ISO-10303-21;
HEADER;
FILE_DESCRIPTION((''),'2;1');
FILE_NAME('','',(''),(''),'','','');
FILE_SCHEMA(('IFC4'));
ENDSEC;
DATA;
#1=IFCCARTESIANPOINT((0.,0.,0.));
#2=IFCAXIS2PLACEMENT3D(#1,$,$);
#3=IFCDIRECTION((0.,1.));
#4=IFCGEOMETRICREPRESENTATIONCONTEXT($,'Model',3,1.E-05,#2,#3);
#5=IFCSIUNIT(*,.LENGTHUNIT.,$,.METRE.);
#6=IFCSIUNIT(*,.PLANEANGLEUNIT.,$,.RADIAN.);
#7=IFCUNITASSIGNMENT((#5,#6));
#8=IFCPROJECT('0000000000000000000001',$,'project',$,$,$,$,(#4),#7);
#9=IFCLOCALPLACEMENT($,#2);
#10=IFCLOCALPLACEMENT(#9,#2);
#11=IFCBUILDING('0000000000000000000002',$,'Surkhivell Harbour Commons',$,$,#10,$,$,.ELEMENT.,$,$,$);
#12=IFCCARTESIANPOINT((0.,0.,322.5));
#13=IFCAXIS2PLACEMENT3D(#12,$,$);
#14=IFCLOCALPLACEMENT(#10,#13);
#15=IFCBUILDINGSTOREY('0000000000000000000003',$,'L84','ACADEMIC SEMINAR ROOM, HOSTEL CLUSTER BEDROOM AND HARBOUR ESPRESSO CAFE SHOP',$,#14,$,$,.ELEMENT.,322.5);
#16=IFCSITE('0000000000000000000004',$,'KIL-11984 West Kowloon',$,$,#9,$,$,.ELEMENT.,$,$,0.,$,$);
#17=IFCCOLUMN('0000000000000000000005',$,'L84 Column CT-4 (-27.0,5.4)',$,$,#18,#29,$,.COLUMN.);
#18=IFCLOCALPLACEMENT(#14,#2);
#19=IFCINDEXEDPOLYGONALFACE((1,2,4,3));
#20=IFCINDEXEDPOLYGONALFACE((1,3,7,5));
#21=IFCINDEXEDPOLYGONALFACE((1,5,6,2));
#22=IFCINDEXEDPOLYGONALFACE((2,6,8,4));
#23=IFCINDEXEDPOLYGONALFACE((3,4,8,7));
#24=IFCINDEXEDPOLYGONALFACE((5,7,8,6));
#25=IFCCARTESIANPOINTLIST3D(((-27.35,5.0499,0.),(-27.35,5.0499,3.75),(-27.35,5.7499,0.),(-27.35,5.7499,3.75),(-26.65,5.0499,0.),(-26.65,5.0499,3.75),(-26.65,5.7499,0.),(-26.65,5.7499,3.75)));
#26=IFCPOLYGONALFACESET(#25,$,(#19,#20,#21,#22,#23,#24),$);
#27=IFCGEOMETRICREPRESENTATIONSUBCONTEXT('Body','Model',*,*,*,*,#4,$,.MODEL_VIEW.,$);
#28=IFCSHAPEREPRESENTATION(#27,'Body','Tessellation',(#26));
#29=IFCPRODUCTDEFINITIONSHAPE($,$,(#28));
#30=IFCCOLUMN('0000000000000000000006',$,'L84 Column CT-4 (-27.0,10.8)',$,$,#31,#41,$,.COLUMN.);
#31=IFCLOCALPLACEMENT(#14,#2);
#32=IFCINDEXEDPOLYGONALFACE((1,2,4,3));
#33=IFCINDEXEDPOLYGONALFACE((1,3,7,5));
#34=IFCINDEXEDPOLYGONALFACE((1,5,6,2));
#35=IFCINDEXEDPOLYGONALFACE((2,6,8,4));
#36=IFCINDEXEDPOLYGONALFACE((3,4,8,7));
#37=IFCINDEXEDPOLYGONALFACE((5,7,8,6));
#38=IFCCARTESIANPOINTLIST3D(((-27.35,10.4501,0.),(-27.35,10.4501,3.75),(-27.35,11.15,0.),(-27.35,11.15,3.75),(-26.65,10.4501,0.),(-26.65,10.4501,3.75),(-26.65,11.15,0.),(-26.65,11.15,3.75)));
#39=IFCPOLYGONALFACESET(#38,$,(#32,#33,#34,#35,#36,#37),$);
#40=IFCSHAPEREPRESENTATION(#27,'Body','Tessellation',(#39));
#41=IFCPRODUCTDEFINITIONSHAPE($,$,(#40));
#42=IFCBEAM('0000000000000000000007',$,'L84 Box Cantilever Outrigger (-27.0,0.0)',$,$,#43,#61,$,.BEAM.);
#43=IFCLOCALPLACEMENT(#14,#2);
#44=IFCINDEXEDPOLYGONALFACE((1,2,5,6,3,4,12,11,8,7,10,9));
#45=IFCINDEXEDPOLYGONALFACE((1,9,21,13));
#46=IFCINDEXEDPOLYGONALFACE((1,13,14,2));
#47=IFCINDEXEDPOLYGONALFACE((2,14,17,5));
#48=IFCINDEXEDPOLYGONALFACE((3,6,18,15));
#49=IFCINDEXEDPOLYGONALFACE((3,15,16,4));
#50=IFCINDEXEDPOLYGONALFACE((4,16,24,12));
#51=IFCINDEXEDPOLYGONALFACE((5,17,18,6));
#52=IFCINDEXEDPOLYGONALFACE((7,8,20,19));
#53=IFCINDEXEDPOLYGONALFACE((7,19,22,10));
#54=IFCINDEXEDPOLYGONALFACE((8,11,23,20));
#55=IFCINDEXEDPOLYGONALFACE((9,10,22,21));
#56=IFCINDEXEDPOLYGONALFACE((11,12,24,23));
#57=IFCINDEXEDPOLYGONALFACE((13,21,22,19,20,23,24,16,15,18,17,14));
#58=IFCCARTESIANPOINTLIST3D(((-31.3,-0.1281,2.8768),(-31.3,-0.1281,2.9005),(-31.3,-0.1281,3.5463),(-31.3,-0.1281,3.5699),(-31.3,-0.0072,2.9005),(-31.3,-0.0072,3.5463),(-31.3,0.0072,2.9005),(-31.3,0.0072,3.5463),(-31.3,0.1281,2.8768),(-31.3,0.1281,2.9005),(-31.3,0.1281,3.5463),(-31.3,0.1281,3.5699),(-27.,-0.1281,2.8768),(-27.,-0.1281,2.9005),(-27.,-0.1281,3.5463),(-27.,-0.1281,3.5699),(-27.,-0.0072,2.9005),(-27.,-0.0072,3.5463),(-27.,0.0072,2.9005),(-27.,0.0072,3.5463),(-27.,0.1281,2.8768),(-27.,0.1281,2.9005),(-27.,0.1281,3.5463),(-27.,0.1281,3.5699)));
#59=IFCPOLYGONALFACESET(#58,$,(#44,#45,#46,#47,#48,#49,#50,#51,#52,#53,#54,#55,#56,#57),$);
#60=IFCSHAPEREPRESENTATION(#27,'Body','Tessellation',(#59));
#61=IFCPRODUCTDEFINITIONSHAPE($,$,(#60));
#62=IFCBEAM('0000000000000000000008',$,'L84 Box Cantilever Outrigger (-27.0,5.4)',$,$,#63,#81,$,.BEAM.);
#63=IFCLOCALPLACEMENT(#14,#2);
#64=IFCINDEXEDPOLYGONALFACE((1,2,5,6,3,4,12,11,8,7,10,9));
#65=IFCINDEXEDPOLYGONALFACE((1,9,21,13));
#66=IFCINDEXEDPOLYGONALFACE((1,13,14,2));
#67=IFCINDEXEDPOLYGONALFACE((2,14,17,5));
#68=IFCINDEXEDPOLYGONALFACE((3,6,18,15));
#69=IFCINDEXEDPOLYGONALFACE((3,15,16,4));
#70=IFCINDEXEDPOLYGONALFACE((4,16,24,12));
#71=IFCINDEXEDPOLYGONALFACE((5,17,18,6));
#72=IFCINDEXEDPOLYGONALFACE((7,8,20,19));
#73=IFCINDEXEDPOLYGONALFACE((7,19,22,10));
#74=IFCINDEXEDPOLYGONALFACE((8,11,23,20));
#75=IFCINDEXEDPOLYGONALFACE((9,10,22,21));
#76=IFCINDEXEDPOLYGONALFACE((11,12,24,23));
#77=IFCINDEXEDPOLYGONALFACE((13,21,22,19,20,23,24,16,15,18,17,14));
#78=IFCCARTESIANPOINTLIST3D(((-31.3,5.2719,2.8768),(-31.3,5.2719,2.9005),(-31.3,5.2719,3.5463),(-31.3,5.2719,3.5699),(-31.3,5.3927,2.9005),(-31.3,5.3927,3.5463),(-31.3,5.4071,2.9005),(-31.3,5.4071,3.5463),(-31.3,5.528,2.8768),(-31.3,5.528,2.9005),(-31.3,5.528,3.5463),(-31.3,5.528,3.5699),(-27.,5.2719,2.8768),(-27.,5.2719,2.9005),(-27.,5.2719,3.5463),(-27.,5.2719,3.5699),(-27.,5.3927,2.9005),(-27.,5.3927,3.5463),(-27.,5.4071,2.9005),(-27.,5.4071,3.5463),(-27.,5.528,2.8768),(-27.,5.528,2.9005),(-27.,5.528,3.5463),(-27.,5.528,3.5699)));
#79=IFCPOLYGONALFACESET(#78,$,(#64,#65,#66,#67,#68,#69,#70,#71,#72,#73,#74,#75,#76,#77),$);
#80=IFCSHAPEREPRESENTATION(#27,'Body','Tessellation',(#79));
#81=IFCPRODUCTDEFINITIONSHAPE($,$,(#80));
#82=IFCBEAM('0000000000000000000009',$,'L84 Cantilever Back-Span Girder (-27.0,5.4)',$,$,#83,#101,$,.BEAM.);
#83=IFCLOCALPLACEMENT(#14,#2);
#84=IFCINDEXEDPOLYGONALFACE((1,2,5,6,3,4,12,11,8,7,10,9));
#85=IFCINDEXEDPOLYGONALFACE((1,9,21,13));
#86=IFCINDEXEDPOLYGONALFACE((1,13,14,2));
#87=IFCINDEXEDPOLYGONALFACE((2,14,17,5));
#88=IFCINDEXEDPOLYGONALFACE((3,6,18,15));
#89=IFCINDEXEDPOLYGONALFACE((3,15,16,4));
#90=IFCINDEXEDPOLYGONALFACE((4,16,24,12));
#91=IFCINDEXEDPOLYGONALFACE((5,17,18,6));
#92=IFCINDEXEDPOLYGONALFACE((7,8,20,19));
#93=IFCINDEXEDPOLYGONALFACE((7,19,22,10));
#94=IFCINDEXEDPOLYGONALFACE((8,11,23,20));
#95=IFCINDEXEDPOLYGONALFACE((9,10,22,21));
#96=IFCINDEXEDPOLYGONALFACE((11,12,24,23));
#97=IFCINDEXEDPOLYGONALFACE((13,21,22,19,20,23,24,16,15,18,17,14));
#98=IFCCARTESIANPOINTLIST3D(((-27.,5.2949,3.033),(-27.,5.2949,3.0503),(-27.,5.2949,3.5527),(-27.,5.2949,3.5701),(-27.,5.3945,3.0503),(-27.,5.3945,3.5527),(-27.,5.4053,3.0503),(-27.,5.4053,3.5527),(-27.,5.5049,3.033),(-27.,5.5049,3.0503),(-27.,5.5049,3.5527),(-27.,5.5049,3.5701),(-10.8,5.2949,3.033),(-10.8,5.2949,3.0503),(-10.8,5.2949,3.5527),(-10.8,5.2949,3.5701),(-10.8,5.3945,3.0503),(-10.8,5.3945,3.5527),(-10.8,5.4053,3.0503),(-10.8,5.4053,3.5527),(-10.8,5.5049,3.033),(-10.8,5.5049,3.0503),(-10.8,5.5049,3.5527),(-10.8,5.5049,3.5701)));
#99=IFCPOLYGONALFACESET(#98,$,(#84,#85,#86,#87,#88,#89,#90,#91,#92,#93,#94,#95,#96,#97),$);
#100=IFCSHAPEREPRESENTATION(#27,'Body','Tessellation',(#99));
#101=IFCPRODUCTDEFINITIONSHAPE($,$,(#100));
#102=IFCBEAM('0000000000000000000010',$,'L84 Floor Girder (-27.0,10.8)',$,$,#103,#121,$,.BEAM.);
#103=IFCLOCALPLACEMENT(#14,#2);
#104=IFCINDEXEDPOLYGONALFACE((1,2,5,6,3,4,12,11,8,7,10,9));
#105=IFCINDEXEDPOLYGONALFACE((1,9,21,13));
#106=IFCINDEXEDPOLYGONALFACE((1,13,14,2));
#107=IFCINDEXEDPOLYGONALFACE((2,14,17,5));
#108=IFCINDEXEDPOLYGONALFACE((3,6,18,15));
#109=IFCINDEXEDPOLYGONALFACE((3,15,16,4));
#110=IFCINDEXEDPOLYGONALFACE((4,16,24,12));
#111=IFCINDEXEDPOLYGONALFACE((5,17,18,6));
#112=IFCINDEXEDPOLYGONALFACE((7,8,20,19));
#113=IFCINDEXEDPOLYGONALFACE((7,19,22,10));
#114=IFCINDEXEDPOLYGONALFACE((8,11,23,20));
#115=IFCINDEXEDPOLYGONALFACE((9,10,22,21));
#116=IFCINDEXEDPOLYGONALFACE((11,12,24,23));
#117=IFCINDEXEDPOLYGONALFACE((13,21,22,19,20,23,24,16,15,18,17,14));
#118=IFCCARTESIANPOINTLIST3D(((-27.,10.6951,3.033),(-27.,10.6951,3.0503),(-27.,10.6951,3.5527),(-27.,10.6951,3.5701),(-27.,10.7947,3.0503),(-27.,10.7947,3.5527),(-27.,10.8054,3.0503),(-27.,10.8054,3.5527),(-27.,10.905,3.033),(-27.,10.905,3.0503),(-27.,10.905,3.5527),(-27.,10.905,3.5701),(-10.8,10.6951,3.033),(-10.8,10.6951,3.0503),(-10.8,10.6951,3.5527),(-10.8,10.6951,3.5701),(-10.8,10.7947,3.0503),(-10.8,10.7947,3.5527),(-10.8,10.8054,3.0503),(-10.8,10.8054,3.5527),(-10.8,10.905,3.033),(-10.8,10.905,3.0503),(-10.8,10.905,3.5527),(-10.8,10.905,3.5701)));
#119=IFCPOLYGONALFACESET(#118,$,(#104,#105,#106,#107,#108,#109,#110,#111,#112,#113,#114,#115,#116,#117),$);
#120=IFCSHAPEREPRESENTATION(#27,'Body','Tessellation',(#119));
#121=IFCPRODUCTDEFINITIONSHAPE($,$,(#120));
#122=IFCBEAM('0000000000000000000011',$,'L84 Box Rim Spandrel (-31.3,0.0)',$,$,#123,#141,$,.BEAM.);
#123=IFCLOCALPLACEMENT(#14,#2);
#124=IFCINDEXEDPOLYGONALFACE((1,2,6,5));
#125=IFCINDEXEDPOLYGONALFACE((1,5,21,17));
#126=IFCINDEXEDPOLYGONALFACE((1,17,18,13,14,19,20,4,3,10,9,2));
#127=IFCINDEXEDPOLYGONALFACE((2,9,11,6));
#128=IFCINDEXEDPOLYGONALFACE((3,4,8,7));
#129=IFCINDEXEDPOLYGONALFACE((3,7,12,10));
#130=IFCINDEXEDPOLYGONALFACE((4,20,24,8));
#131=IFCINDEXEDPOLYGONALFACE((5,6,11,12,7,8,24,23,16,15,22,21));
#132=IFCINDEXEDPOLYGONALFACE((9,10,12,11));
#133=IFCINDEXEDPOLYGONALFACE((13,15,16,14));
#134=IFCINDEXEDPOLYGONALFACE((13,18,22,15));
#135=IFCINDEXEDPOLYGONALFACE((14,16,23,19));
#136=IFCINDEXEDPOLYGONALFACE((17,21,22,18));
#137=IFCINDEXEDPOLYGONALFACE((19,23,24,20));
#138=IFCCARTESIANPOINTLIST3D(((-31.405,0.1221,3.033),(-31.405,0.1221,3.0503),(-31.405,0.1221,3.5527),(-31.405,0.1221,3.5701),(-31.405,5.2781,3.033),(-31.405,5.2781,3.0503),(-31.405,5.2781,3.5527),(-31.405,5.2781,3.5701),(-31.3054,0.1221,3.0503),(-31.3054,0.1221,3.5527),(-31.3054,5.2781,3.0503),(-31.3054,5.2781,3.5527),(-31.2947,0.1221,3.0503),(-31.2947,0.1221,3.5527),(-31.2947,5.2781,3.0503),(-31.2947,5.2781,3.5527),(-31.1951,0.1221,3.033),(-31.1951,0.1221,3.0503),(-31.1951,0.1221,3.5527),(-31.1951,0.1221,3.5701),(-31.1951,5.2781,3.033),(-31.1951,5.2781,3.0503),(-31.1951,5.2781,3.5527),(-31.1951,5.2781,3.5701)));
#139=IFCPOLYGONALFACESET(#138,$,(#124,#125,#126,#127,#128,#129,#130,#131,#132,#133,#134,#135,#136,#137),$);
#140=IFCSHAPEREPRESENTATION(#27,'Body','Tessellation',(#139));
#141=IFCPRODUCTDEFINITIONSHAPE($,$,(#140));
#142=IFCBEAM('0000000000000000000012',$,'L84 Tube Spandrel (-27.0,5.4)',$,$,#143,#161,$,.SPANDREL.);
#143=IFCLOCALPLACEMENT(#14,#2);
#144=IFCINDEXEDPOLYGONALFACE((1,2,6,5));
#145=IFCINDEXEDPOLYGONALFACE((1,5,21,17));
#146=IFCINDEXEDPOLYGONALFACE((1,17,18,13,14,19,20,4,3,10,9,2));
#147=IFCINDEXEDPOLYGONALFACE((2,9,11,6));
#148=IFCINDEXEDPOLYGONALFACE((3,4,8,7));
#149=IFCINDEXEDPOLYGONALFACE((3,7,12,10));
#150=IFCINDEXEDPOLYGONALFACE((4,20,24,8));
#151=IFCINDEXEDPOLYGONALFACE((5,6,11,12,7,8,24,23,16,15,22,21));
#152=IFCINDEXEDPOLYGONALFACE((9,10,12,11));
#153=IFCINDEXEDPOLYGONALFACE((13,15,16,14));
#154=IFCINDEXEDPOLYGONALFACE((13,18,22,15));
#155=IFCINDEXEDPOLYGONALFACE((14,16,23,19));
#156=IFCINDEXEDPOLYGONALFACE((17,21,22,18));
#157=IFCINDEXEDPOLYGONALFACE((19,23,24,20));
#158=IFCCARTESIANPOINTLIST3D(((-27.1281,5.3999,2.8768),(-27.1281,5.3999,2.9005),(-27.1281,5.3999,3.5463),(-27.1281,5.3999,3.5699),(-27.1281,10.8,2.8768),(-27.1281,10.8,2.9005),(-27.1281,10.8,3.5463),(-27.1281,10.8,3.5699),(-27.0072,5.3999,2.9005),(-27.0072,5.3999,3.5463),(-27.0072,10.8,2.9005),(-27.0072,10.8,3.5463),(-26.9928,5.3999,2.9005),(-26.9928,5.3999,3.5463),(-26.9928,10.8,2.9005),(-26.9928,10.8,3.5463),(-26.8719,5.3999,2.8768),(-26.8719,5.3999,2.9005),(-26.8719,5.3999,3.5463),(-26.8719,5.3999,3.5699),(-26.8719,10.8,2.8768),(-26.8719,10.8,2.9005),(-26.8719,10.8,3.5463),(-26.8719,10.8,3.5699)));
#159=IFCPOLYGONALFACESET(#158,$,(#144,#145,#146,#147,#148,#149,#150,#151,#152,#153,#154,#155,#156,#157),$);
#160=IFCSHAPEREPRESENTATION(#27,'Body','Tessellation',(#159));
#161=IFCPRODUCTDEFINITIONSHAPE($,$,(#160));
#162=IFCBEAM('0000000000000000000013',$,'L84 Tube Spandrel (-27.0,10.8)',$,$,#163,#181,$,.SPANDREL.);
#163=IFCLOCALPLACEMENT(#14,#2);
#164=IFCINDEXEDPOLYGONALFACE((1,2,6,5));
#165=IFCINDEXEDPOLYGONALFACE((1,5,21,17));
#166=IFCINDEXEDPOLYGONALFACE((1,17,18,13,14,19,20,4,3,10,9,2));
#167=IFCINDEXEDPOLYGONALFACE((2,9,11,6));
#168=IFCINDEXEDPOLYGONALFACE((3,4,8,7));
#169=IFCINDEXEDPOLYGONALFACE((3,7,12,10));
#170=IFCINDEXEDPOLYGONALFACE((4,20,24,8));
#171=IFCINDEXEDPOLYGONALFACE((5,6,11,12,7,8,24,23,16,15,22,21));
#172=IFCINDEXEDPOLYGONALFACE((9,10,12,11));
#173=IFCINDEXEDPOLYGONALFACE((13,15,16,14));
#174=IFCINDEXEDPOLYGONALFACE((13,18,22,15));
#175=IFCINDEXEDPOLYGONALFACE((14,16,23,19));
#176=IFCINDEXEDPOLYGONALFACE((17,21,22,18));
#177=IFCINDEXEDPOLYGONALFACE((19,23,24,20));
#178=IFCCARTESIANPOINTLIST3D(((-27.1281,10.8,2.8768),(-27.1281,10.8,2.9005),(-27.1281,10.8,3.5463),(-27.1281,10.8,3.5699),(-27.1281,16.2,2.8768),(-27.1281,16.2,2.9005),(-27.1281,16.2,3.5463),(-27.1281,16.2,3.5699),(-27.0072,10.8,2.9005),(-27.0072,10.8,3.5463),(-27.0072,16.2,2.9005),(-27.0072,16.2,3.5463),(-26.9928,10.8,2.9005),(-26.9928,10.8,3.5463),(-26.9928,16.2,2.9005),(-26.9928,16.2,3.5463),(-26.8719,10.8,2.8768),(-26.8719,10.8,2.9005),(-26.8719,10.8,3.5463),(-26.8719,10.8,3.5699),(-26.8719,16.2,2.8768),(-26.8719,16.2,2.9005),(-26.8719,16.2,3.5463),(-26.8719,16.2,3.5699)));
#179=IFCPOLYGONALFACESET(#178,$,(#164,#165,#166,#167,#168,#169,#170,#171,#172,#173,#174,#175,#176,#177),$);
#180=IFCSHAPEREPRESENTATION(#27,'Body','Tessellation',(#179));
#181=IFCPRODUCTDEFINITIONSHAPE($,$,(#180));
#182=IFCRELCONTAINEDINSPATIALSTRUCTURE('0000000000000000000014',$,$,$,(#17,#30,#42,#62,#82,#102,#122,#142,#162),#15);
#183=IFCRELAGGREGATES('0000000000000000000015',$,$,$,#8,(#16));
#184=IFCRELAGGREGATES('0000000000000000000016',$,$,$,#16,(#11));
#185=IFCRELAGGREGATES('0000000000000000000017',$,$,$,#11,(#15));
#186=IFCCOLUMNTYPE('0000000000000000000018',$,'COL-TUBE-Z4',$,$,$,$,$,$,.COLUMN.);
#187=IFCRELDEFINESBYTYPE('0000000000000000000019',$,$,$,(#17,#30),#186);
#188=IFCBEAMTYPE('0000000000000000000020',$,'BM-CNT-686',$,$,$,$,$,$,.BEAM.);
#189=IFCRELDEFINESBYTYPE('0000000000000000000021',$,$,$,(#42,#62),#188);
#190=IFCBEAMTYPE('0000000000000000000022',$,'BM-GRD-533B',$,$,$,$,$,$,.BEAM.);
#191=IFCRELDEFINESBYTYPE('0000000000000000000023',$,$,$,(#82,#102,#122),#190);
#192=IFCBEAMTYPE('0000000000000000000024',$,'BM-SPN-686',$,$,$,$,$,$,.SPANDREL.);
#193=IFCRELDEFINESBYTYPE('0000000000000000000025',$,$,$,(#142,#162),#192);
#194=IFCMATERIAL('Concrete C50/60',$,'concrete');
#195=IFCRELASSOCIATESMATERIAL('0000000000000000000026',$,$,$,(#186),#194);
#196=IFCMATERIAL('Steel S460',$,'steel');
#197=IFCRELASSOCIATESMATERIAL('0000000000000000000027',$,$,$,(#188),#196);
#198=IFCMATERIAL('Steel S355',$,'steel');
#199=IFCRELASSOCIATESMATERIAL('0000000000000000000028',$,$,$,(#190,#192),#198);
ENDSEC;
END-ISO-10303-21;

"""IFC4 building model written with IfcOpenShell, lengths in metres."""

from ifc_helpers import new_model, si_unit, direction, frame, origin, origin_2d, place, context, subcontext, project, spatial, rectangle, i_section, extrude, material, material_profile, profile_set, type_object, element, save


model = new_model("IFC4")

# Units and contexts
model_context = context("Model", 3, precision=1e-05, world=origin(), true_north=direction((0.0, 1.0)))
body_context = subcontext(model_context, "Body", "Model", "MODEL_VIEW")
ifc_project = project(units=[si_unit("LENGTHUNIT", "METRE"), si_unit("PLANEANGLEUNIT", "RADIAN")], contexts=[model_context])

# Site, building, storey
site_placement = place(None, origin())
site = spatial("IfcSite", under=ifc_project, at=site_placement, Name="KIL-11984 West Kowloon", CompositionType="ELEMENT", RefElevation=0.0)
building_placement = place(site_placement, origin())
building = spatial("IfcBuilding", under=site, at=building_placement, Name="Surkhivell Harbour Commons", CompositionType="ELEMENT")
storey_placement = place(building_placement, frame((0.0, 0.0, 322.5)))
storey = spatial("IfcBuildingStorey", under=building, at=storey_placement, Name="L84", Description="ACADEMIC SEMINAR ROOM, HOSTEL CLUSTER BEDROOM AND HARBOUR ESPRESSO CAFE SHOP", CompositionType="ELEMENT", Elevation=322.5)

# Columns
ifc_material_1 = material(Name="Concrete C50/60", Category="concrete")
ifc_material_profile_1 = material_profile(ifc_material_1, rectangle(XDim=0.7, YDim=0.7, at=origin_2d()), Name="RC-COL-700x700")
ifc_profile_set_1 = profile_set([ifc_material_profile_1], Name="Concrete C50/60")
column_type = type_object("IfcColumnType", Name="COL-TUBE-Z4", PredefinedType="COLUMN", material=ifc_profile_set_1)
for number, where, z_axis, x_axis, name in (
    (1, (-27.0, 5.3999, 0.0), (0.0, 0.0, 1.0), (1.0, 0.0, 0.0), "L84 Column CT-4 (-27.0,5.4)"),
    (2, (-27.0, 10.8, 0.0), (0.0, 0.0, 1.0), (1.0, 0.0, 0.0), "L84 Column CT-4 (-27.0,10.8)"),
):
    element("IfcColumn", number, at=place(storey_placement, frame(where, z_axis=z_axis, x_axis=x_axis)), inside=storey, type_object=column_type, Name=name, PredefinedType="COLUMN", context=body_context, shape_type="SweptSolid", body=[
        extrude(rectangle(XDim=0.7, YDim=0.7, at=origin_2d()), origin(), (0.0, 0.0, 1.0), 3.75),
    ])

# Beams
ifc_material_2 = material(Name="Steel S460", Category="steel")
ifc_material_profile_2 = material_profile(ifc_material_2, i_section(OverallWidth=0.2561, OverallDepth=0.6931, WebThickness=0.0144, FlangeThickness=0.0237, at=origin_2d()), Name="UB686x254x170")
ifc_profile_set_2 = profile_set([ifc_material_profile_2], Name="Steel S460")
beam_type_1 = type_object("IfcBeamType", Name="BM-CNT-686", PredefinedType="BEAM", material=ifc_profile_set_2)
for number, where, z_axis, x_axis, name in (
    (3, (-27.0, 0.0, 3.2234), (-1.0, 0.0, 0.0), (0.0, -1.0, 0.0), "L84 Box Cantilever Outrigger (-27.0,0.0)"),
    (4, (-27.0, 5.3999, 3.2234), (-1.0, 0.0, 0.0), (0.0, -1.0, 0.0), "L84 Box Cantilever Outrigger (-27.0,5.4)"),
):
    element("IfcBeam", number, at=place(storey_placement, frame(where, z_axis=z_axis, x_axis=x_axis)), inside=storey, type_object=beam_type_1, Name=name, PredefinedType="BEAM", context=body_context, shape_type="SweptSolid", body=[
        extrude(i_section(OverallWidth=0.2561, OverallDepth=0.6931, WebThickness=0.0144, FlangeThickness=0.0237, at=origin_2d()), origin(), (0.0, 0.0, 1.0), 4.3),
    ])
ifc_material_3 = material(Name="Steel S355", Category="steel")
ifc_material_profile_3 = material_profile(ifc_material_3, i_section(OverallWidth=0.21, OverallDepth=0.5371, WebThickness=0.0107, FlangeThickness=0.0173, at=origin_2d()), Name="UB533x210x101")
ifc_profile_set_3 = profile_set([ifc_material_profile_3], Name="Steel S355")
beam_type_2 = type_object("IfcBeamType", Name="BM-GRD-533B", PredefinedType="BEAM", material=ifc_profile_set_3)
for number, where, z_axis, x_axis, name in (
    (5, (-27.0, 5.3999, 3.3015), (1.0, 0.0, 0.0), (0.0, 1.0, 0.0), "L84 Cantilever Back-Span Girder (-27.0,5.4)"),
    (6, (-27.0, 10.8, 3.3015), (1.0, 0.0, 0.0), (0.0, 1.0, 0.0), "L84 Floor Girder (-27.0,10.8)"),
):
    element("IfcBeam", number, at=place(storey_placement, frame(where, z_axis=z_axis, x_axis=x_axis)), inside=storey, type_object=beam_type_2, Name=name, PredefinedType="BEAM", context=body_context, shape_type="SweptSolid", body=[
        extrude(i_section(OverallWidth=0.21, OverallDepth=0.5371, WebThickness=0.0107, FlangeThickness=0.0173, at=origin_2d()), origin(), (0.0, 0.0, 1.0), 16.2),
    ])
beam_1_placement = place(storey_placement, frame((-31.3, 0.1221, 3.3015), z_axis=(0.0, 1.0, 0.0), x_axis=(-1.0, 0.0, 0.0)))
element("IfcBeam", 7, at=beam_1_placement, inside=storey, type_object=beam_type_2, Name="L84 Box Rim Spandrel (-31.3,0.0)", PredefinedType="BEAM", context=body_context, shape_type="SweptSolid", body=[
    extrude(i_section(OverallWidth=0.21, OverallDepth=0.5371, WebThickness=0.0107, FlangeThickness=0.0173, at=origin_2d()), origin(), (0.0, 0.0, 1.0), 5.156),
])
ifc_material_profile_4 = material_profile(ifc_material_3, i_section(OverallWidth=0.2561, OverallDepth=0.6931, WebThickness=0.0144, FlangeThickness=0.0237, at=origin_2d()), Name="UB686x254x170")
ifc_profile_set_4 = profile_set([ifc_material_profile_4], Name="Steel S355")
beam_type_3 = type_object("IfcBeamType", Name="BM-SPN-686", PredefinedType="SPANDREL", material=ifc_profile_set_4)
beam_2_placement = place(storey_placement, frame((-27.0, 5.3999, 3.2234), z_axis=(0.0, 1.0, 0.0), x_axis=(-1.0, 0.0, 0.0)))
element("IfcBeam", 8, at=beam_2_placement, inside=storey, type_object=beam_type_3, Name="L84 Tube Spandrel (-27.0,5.4)", PredefinedType="SPANDREL", context=body_context, shape_type="SweptSolid", body=[
    extrude(i_section(OverallWidth=0.2561, OverallDepth=0.6931, WebThickness=0.0144, FlangeThickness=0.0237, at=origin_2d()), origin(), (0.0, 0.0, 1.0), 5.4001),
])
beam_3_placement = place(storey_placement, frame((-27.0, 10.8, 3.2234), z_axis=(0.0, 1.0, 0.0), x_axis=(-1.0, 0.0, 0.0)))
element("IfcBeam", 9, at=beam_3_placement, inside=storey, type_object=beam_type_3, Name="L84 Tube Spandrel (-27.0,10.8)", PredefinedType="SPANDREL", context=body_context, shape_type="SweptSolid", body=[
    extrude(i_section(OverallWidth=0.2561, OverallDepth=0.6931, WebThickness=0.0144, FlangeThickness=0.0237, at=origin_2d()), origin(), (0.0, 0.0, 1.0), 5.3999),
])

save(model, "model.ifc")
